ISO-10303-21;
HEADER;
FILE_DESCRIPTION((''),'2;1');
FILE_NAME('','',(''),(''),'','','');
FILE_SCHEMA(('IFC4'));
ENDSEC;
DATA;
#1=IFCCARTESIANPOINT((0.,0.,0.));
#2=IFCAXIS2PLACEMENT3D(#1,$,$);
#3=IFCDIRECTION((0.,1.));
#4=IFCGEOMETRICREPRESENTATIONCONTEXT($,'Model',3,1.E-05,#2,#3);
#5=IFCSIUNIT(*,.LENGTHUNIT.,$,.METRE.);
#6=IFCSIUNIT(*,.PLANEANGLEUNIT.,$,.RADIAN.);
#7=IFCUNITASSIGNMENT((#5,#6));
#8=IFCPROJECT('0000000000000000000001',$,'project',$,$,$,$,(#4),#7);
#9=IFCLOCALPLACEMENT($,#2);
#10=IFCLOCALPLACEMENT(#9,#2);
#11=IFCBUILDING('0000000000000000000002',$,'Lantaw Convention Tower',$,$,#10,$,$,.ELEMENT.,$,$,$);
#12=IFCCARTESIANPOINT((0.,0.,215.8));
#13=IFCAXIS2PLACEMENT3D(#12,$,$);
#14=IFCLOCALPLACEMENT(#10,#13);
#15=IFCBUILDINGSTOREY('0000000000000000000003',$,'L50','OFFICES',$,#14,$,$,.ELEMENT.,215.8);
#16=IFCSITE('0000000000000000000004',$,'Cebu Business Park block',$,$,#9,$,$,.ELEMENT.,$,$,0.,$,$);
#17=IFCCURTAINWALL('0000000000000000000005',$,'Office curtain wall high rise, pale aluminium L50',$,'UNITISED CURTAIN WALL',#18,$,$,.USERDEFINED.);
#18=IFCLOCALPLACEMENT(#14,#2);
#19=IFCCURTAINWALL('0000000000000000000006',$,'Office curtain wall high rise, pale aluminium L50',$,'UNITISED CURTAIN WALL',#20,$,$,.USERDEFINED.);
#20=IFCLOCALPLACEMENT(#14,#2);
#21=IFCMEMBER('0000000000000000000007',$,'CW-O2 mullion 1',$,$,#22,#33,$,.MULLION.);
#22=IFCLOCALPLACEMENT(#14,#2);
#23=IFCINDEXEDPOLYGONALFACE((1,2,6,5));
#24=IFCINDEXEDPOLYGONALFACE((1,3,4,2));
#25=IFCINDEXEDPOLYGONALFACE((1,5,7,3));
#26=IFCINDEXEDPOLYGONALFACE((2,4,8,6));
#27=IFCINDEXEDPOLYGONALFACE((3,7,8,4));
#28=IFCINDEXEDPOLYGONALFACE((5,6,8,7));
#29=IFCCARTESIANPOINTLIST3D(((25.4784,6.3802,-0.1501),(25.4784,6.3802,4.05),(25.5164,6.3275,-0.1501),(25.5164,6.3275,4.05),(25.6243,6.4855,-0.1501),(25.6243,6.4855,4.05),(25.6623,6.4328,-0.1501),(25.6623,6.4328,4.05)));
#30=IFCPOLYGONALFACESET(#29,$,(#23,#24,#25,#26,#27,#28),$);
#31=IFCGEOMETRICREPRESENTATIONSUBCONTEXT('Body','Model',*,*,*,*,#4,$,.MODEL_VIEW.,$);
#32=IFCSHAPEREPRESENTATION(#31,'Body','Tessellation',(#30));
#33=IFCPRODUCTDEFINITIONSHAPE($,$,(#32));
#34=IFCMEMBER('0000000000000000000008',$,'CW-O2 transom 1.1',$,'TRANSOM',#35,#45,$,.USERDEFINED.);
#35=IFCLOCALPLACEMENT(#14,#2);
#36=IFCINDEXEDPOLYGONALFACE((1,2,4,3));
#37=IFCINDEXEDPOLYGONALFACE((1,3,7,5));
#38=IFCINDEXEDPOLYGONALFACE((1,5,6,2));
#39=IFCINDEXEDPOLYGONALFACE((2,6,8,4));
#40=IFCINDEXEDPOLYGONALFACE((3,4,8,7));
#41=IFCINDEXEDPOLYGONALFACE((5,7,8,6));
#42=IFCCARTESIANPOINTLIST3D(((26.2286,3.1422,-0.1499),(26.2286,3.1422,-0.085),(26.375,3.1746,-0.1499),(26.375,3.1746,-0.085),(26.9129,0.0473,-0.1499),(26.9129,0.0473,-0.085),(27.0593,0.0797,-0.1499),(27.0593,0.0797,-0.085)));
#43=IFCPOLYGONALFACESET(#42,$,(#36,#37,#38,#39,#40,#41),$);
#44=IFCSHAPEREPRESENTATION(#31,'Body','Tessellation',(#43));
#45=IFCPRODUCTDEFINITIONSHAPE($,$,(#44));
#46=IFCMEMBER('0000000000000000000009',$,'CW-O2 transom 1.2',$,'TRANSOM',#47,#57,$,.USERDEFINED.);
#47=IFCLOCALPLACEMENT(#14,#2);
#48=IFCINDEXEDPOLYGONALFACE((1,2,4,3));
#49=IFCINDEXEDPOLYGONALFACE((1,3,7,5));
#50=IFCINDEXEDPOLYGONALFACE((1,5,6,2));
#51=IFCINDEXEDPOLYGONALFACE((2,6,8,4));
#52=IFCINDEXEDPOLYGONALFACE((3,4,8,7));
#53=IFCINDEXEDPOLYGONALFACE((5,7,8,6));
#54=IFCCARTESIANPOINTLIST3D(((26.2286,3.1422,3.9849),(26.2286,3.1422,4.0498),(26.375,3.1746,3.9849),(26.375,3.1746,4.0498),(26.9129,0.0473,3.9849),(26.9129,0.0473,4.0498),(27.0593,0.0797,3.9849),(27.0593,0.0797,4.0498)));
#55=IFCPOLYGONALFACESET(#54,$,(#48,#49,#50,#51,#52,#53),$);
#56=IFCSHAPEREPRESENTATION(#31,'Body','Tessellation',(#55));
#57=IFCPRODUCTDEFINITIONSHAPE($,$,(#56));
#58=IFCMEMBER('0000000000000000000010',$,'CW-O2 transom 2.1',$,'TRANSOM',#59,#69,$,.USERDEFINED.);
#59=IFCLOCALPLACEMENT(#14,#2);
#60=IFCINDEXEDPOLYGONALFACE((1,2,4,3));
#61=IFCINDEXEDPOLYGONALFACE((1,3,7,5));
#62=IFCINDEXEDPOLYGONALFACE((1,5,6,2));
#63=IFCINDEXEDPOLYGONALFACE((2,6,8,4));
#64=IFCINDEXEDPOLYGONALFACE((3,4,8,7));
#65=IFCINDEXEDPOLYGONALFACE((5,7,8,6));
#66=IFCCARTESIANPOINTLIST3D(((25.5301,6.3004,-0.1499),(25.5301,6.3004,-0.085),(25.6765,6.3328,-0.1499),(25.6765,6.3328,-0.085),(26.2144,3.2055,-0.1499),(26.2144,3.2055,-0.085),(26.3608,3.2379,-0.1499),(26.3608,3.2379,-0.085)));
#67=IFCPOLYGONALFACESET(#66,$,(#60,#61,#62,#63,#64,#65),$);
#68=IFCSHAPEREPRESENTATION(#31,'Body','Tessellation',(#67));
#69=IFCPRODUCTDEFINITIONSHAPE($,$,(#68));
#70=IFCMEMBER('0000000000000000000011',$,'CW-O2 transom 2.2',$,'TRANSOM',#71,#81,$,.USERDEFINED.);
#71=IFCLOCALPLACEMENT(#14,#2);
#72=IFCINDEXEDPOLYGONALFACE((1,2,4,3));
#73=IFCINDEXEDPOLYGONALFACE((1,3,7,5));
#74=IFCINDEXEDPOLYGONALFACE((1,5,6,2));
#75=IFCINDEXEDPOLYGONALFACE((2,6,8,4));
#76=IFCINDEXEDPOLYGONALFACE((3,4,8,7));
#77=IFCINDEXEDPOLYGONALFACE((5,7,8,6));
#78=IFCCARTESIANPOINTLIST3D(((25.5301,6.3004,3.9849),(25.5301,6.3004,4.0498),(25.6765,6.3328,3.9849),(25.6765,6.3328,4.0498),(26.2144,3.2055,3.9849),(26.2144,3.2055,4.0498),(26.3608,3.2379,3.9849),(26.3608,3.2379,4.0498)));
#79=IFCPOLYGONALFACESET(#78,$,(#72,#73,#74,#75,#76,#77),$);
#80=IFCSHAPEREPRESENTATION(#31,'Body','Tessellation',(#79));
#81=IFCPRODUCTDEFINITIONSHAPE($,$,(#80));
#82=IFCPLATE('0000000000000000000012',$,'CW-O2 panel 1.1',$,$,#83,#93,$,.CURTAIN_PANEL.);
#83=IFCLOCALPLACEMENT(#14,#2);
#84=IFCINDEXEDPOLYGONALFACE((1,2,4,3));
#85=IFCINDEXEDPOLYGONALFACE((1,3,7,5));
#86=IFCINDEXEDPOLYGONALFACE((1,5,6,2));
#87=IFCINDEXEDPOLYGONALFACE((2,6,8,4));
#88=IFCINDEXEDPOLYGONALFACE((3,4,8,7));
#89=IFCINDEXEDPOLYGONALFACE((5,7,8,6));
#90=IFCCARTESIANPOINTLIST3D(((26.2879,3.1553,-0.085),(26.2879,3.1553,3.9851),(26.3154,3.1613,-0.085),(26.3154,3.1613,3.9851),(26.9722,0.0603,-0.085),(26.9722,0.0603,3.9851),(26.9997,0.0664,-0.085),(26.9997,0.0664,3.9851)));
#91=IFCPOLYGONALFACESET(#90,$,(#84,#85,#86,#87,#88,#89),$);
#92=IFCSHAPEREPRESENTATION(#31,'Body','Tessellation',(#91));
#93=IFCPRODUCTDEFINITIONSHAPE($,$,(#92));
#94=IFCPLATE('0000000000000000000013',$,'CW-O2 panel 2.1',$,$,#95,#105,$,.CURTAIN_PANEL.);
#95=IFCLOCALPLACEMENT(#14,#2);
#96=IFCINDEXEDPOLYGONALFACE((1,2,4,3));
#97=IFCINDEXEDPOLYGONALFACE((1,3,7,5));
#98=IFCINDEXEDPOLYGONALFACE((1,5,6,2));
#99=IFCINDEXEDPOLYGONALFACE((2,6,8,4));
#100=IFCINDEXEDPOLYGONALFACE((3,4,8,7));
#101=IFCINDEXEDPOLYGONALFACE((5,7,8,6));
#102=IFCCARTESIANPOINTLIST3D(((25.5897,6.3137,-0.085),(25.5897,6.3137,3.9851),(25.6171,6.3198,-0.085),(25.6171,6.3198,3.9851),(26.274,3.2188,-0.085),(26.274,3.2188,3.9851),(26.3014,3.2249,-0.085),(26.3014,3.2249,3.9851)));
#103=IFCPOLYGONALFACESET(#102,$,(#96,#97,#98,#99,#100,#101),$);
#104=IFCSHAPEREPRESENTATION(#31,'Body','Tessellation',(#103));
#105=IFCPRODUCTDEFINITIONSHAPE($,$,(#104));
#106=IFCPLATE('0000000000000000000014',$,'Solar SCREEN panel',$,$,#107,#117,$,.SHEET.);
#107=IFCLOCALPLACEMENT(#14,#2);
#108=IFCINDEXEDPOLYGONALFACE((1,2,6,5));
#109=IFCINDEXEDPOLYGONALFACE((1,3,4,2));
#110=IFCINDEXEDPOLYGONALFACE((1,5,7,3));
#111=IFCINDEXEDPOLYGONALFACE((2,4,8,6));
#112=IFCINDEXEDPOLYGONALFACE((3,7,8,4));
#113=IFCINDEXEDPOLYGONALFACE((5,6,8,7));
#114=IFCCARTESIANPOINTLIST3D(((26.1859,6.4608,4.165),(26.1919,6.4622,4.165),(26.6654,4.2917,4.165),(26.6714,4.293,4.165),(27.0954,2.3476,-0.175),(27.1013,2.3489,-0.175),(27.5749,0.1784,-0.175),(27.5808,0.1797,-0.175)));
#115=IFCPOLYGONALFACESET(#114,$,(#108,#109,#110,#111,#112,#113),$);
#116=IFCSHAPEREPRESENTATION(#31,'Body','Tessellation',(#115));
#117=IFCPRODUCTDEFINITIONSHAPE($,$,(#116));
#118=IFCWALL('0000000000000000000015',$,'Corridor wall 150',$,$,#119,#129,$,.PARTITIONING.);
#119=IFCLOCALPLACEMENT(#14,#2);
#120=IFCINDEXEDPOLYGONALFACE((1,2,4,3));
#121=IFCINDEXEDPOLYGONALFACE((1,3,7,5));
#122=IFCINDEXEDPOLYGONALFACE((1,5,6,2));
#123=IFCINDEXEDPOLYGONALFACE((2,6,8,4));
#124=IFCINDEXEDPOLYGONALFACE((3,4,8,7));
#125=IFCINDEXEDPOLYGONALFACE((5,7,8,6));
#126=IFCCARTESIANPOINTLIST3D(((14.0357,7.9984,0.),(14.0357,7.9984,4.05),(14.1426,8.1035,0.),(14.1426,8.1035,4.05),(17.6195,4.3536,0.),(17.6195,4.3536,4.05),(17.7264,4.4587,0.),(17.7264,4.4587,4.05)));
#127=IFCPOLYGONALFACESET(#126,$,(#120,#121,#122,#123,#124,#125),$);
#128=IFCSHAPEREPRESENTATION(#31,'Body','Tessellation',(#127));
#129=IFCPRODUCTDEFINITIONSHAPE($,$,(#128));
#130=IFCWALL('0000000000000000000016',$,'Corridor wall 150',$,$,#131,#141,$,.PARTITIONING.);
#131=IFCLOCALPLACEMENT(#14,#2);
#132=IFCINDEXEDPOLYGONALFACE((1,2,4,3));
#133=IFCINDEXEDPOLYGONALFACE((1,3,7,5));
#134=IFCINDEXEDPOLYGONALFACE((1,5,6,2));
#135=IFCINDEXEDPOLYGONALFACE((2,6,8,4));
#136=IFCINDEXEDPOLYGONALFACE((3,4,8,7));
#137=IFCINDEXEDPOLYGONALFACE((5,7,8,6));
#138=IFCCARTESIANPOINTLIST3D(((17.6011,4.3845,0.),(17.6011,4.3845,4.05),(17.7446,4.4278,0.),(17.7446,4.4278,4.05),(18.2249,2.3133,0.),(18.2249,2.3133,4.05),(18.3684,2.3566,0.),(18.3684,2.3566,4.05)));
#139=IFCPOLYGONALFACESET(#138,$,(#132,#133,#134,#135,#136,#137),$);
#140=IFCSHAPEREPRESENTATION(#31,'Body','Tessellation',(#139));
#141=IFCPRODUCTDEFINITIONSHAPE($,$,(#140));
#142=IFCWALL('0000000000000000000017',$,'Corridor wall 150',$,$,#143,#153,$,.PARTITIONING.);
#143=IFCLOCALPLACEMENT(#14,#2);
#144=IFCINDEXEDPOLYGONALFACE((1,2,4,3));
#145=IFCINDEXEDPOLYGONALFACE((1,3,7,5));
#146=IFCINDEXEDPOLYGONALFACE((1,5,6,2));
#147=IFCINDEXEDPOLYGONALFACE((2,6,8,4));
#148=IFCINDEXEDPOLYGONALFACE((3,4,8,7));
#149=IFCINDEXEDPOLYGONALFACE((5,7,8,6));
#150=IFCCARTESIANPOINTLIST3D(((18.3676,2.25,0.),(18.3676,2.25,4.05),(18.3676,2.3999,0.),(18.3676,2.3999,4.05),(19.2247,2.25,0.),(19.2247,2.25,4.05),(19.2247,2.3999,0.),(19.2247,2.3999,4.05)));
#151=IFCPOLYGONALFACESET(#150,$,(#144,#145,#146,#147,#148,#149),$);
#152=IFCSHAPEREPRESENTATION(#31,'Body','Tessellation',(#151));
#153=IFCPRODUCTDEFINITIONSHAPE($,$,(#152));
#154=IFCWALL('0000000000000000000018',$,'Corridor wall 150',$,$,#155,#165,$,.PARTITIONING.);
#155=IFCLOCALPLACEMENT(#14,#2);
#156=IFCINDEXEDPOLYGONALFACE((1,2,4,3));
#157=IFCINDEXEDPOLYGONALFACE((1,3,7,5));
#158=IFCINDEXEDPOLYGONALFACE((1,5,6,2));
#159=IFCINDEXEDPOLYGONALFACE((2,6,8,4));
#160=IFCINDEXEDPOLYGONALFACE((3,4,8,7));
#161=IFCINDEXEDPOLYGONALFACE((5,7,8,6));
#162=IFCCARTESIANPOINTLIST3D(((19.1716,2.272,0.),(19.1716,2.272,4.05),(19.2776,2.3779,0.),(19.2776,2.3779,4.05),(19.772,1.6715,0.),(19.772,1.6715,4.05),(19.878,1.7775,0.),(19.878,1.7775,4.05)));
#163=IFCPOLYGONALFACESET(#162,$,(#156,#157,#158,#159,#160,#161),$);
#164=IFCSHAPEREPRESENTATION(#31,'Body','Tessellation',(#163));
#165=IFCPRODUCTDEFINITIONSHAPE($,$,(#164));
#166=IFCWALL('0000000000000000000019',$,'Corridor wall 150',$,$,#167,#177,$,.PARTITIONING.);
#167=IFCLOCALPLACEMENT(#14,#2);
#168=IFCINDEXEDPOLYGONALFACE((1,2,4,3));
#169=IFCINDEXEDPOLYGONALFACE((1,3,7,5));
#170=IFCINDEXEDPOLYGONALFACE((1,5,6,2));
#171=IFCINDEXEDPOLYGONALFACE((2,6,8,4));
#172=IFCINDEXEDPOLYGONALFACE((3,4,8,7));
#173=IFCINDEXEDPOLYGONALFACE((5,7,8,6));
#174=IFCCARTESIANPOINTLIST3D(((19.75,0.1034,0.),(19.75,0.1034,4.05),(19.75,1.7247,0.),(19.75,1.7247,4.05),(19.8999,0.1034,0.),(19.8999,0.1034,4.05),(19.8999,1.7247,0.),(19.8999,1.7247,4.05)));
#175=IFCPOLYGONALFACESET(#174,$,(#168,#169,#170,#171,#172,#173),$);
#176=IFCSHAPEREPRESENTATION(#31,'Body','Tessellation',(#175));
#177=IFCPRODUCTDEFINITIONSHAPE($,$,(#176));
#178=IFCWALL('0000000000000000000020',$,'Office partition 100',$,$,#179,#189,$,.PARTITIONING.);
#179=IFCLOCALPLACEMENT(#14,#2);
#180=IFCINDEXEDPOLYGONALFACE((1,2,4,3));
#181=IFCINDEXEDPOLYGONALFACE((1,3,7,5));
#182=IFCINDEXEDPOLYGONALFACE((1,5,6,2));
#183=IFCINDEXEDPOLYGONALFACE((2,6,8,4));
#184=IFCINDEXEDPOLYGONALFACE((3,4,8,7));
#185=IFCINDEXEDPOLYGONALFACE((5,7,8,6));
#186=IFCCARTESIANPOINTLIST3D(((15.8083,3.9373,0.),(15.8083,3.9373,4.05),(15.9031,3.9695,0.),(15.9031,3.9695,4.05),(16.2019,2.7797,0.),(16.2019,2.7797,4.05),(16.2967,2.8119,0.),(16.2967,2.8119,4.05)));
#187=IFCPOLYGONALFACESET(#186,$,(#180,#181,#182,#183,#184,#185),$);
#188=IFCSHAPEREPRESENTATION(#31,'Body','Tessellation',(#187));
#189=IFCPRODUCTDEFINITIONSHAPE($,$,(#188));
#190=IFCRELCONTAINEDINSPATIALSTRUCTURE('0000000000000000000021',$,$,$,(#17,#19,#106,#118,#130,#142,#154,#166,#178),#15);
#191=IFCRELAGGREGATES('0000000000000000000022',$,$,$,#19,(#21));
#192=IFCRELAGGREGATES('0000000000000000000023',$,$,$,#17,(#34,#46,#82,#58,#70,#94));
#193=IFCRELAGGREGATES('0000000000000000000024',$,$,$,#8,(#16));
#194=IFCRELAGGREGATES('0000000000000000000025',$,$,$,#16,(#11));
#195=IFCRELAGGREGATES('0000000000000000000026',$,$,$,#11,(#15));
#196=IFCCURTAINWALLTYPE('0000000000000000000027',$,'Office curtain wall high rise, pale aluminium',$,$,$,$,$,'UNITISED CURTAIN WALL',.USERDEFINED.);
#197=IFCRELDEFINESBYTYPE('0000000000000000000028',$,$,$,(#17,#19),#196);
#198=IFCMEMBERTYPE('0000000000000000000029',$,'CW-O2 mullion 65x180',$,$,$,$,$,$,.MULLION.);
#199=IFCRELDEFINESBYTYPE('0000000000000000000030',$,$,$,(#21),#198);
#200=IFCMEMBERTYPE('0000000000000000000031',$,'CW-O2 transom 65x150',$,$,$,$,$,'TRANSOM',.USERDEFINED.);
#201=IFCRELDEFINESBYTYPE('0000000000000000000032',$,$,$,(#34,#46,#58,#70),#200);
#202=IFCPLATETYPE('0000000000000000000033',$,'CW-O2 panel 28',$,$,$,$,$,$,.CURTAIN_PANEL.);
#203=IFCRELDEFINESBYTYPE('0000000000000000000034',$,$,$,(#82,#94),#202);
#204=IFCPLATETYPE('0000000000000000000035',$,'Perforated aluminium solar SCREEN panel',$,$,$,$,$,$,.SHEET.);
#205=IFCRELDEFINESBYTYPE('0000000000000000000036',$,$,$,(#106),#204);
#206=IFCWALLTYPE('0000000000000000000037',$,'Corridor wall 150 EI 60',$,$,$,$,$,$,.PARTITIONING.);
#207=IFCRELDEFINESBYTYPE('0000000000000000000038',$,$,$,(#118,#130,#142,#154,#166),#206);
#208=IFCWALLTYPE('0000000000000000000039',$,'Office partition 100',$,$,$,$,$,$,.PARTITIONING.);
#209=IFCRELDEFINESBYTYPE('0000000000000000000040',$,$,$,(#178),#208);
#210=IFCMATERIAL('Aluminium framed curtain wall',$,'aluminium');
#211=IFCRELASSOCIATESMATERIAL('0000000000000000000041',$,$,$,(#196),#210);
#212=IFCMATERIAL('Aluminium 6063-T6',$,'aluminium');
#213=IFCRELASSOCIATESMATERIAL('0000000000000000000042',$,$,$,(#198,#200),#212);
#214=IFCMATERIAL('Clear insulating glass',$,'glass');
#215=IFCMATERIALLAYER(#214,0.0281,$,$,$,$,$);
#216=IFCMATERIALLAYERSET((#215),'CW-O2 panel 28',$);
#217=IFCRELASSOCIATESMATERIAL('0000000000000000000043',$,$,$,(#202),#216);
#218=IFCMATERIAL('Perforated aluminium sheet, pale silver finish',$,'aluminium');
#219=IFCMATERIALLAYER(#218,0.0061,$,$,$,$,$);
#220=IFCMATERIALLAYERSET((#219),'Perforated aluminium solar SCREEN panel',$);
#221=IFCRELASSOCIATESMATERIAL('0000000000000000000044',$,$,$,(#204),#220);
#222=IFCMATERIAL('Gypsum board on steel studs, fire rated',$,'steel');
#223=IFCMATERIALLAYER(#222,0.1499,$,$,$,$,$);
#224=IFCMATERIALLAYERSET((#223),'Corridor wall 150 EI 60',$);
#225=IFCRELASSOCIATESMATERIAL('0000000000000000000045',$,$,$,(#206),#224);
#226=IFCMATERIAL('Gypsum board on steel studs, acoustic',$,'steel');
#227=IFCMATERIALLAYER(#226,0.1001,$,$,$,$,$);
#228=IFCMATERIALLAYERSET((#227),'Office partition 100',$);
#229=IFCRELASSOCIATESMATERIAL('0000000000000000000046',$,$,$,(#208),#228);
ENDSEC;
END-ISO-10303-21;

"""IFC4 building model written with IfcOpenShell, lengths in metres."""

from ifc_helpers import new_model, si_unit, direction, frame, frame_2d, origin, origin_2d, place, context, subcontext, project, spatial, polyline, rectangle, outline, extrude, material, layer, layer_set, material_profile, profile_set, type_object, element, aggregate, save


model = new_model("IFC4")

# Units and contexts
model_context = context("Model", 3, precision=1e-05, world=origin(), true_north=direction((0.0, 1.0)))
body_context = subcontext(model_context, "Body", "Model", "MODEL_VIEW")
ifc_project = project(units=[si_unit("LENGTHUNIT", "METRE"), si_unit("PLANEANGLEUNIT", "RADIAN")], contexts=[model_context])

# Site, building, storey
site_placement = place(None, origin())
site = spatial("IfcSite", under=ifc_project, at=site_placement, Name="Cebu Business Park block", CompositionType="ELEMENT", RefElevation=0.0)
building_placement = place(site_placement, origin())
building = spatial("IfcBuilding", under=site, at=building_placement, Name="Lantaw Convention Tower", CompositionType="ELEMENT")
storey_placement = place(building_placement, frame((0.0, 0.0, 215.8)))
storey = spatial("IfcBuildingStorey", under=building, at=storey_placement, Name="L50", Description="OFFICES", CompositionType="ELEMENT", Elevation=215.8)

# Curtain wall
ifc_material_1 = material(Name="Aluminium framed curtain wall", Category="aluminium")
curtain_wall_type = type_object("IfcCurtainWallType", Name="Office curtain wall high rise, pale aluminium", ElementType="UNITISED CURTAIN WALL", PredefinedType="USERDEFINED", material=ifc_material_1)
curtain_wall_1_placement = place(storey_placement, origin())
curtain_wall_1 = element("IfcCurtainWall", 1, at=curtain_wall_1_placement, inside=storey, type_object=curtain_wall_type, Name="Office curtain wall high rise, pale aluminium L50", ObjectType="UNITISED CURTAIN WALL", PredefinedType="USERDEFINED")
ifc_material_2 = material(Name="Aluminium 6063-T6", Category="aluminium")
ifc_material_profile_1 = material_profile(ifc_material_2, rectangle(XDim=0.1799, YDim=0.0649, at=origin_2d()), Name="CW-O2 mullion 65x180")
ifc_profile_set_1 = profile_set([ifc_material_profile_1], Name="Aluminium 6063-T6")
member_type_1 = type_object("IfcMemberType", Name="CW-O2 mullion 65x180", PredefinedType="MULLION", material=ifc_profile_set_1)

# Curtain wall, member
curtain_wall_2_placement = place(storey_placement, origin())
curtain_wall_2 = element("IfcCurtainWall", 2, at=curtain_wall_2_placement, inside=storey, type_object=curtain_wall_type, Name="Office curtain wall high rise, pale aluminium L50", ObjectType="UNITISED CURTAIN WALL", PredefinedType="USERDEFINED")
member_1_placement = place(storey_placement, frame((25.5703, 6.4065, -0.1501), z_axis=(0.0, 0.0, 1.0), x_axis=(-0.81092, -0.585158, 0.0)))
member_1 = element("IfcMember", 3, at=member_1_placement, type_object=member_type_1, Name="CW-O2 mullion 1", PredefinedType="MULLION", context=body_context, shape_type="SweptSolid", body=[
    extrude(rectangle(XDim=0.1799, YDim=0.0649, at=origin_2d()), origin(), (0.0, 0.0, 1.0), 4.2002),
])
aggregate(curtain_wall_2, [member_1])

# Members
ifc_material_profile_2 = material_profile(ifc_material_2, rectangle(XDim=0.1499, YDim=0.0649, at=origin_2d()), Name="CW-O2 transom 65x150")
ifc_profile_set_2 = profile_set([ifc_material_profile_2], Name="Aluminium 6063-T6")
member_type_2 = type_object("IfcMemberType", Name="CW-O2 transom 65x150", ElementType="TRANSOM", PredefinedType="USERDEFINED", material=ifc_profile_set_2)
member_2_placement = place(storey_placement, frame((26.9861, 0.0635, -0.1174), z_axis=(-0.215895, 0.976417, 0.0), x_axis=(-0.976417, -0.215895, 0.0)))
member_2 = element("IfcMember", 4, at=member_2_placement, type_object=member_type_2, Name="CW-O2 transom 1.1", ObjectType="TRANSOM", PredefinedType="USERDEFINED", context=body_context, shape_type="SweptSolid", body=[
    extrude(rectangle(XDim=0.1499, YDim=0.0649, at=origin_2d()), origin(), (0.0, 0.0, 1.0), 3.1697),
])
member_3_placement = place(storey_placement, frame((26.9861, 0.0635, 4.0173), z_axis=(-0.215895, 0.976417, 0.0), x_axis=(-0.976417, -0.215895, 0.0)))
member_3 = element("IfcMember", 5, at=member_3_placement, type_object=member_type_2, Name="CW-O2 transom 1.2", ObjectType="TRANSOM", PredefinedType="USERDEFINED", context=body_context, shape_type="SweptSolid", body=[
    extrude(rectangle(XDim=0.1499, YDim=0.0649, at=origin_2d()), origin(), (0.0, 0.0, 1.0), 3.1697),
])
member_4_placement = place(storey_placement, frame((26.2876, 3.2217, -0.1174), z_axis=(-0.215895, 0.976417, 0.0), x_axis=(-0.976417, -0.215895, 0.0)))
member_4 = element("IfcMember", 6, at=member_4_placement, type_object=member_type_2, Name="CW-O2 transom 2.1", ObjectType="TRANSOM", PredefinedType="USERDEFINED", context=body_context, shape_type="SweptSolid", body=[
    extrude(rectangle(XDim=0.1499, YDim=0.0649, at=origin_2d()), origin(), (0.0, 0.0, 1.0), 3.1697),
])
member_5_placement = place(storey_placement, frame((26.2876, 3.2217, 4.0173), z_axis=(-0.215895, 0.976417, 0.0), x_axis=(-0.976417, -0.215895, 0.0)))
member_5 = element("IfcMember", 7, at=member_5_placement, type_object=member_type_2, Name="CW-O2 transom 2.2", ObjectType="TRANSOM", PredefinedType="USERDEFINED", context=body_context, shape_type="SweptSolid", body=[
    extrude(rectangle(XDim=0.1499, YDim=0.0649, at=origin_2d()), origin(), (0.0, 0.0, 1.0), 3.1697),
])

# Plates
ifc_material_3 = material(Name="Clear insulating glass", Category="glass")
ifc_layer_1 = layer(ifc_material_3, 0.0281)
ifc_layer_set_1 = layer_set([ifc_layer_1], Name="CW-O2 panel 28")
plate_type_1 = type_object("IfcPlateType", Name="CW-O2 panel 28", PredefinedType="CURTAIN_PANEL", material=ifc_layer_set_1)
plate_1_placement = place(storey_placement, frame((26.6438, 1.6108, -0.085), z_axis=(0.0, 0.0, 1.0), x_axis=(-0.215891, 0.976417, 0.0)))
plate_1 = element("IfcPlate", 8, at=plate_1_placement, type_object=plate_type_1, Name="CW-O2 panel 1.1", PredefinedType="CURTAIN_PANEL", context=body_context, shape_type="SweptSolid", body=[
    extrude(rectangle(XDim=3.1697, YDim=0.0281, at=origin_2d()), origin(), (0.0, 0.0, 1.0), 4.0701),
])
plate_2_placement = place(storey_placement, frame((25.9456, 4.7693, -0.085), z_axis=(0.0, 0.0, 1.0), x_axis=(-0.215891, 0.976417, 0.0)))
plate_2 = element("IfcPlate", 9, at=plate_2_placement, type_object=plate_type_1, Name="CW-O2 panel 2.1", PredefinedType="CURTAIN_PANEL", context=body_context, shape_type="SweptSolid", body=[
    extrude(rectangle(XDim=3.1697, YDim=0.0281, at=origin_2d()), origin(), (0.0, 0.0, 1.0), 4.0701),
])
aggregate(curtain_wall_1, [member_2, member_3, plate_1, member_4, member_5, plate_2])
ifc_material_4 = material(Name="Perforated aluminium sheet, pale silver finish", Category="aluminium")
ifc_layer_2 = layer(ifc_material_4, 0.0061)
ifc_layer_set_2 = layer_set([ifc_layer_2], Name="Perforated aluminium solar SCREEN panel")
plate_type_2 = type_object("IfcPlateType", Name="Perforated aluminium solar SCREEN panel", PredefinedType="SHEET", material=ifc_layer_set_2)
plate_3_placement = place(storey_placement, frame((27.5808, 0.1797, -0.175), z_axis=(0.97643, 0.215837, 0.000044), x_axis=(-0.215837, 0.97643, 0.0)))
element("IfcPlate", 10, at=plate_3_placement, inside=storey, type_object=plate_type_2, Name="Solar SCREEN panel", PredefinedType="SHEET", context=body_context, shape_type="SweptSolid", body=[
    extrude(outline(polyline([(0.0, 0.0), (2.2216, 0.0), (6.4342, 4.3401), (4.2126, 4.3401), (0.0, 0.0)])), origin(), (0.0, 0.0, -1.0), 0.0061),
])

# Walls
ifc_material_5 = material(Name="Gypsum board on steel studs, fire rated", Category="steel")
ifc_layer_3 = layer(ifc_material_5, 0.1499)
ifc_layer_set_3 = layer_set([ifc_layer_3], Name="Corridor wall 150 EI 60")
wall_type_1 = type_object("IfcWallType", Name="Corridor wall 150 EI 60", PredefinedType="PARTITIONING", material=ifc_layer_set_3)
wall_1_placement = place(storey_placement, frame((17.6729, 4.4062, 0.0), z_axis=(0.0, 0.0, 1.0), x_axis=(-0.701111, 0.713052, 0.0)))
element("IfcWall", 11, at=wall_1_placement, inside=storey, type_object=wall_type_1, Name="Corridor wall 150", PredefinedType="PARTITIONING", context=body_context, shape_type="SweptSolid", body=[
    extrude(rectangle(XDim=5.1116, YDim=0.1499, at=frame_2d((2.5557, 0.0))), origin(), (0.0, 0.0, 1.0), 4.05),
])
wall_2_placement = place(storey_placement, frame((18.2966, 2.335, 0.0), z_axis=(0.0, 0.0, 1.0), x_axis=(-0.288362, 0.957521, 0.0)))
element("IfcWall", 12, at=wall_2_placement, inside=storey, type_object=wall_type_1, Name="Corridor wall 150", PredefinedType="PARTITIONING", context=body_context, shape_type="SweptSolid", body=[
    extrude(rectangle(XDim=2.1631, YDim=0.1499, at=frame_2d((1.0815, 0.0))), origin(), (0.0, 0.0, 1.0), 4.05),
])
wall_3_placement = place(storey_placement, frame((18.3674, 2.325, 0.0), z_axis=(0.0, 0.0, 1.0), x_axis=(1.0, 0.0, 0.0)))
element("IfcWall", 13, at=wall_3_placement, inside=storey, type_object=wall_type_1, Name="Corridor wall 150", PredefinedType="PARTITIONING", context=body_context, shape_type="SweptSolid", body=[
    extrude(rectangle(XDim=0.8572, YDim=0.1499, at=frame_2d((0.4287, 0.0))), origin(), (0.0, 0.0, 1.0), 4.05),
])
wall_4_placement = place(storey_placement, frame((19.2246, 2.325, 0.0), z_axis=(0.0, 0.0, 1.0), x_axis=(0.707107, -0.707107, 0.0)))
element("IfcWall", 14, at=wall_4_placement, inside=storey, type_object=wall_type_1, Name="Corridor wall 150", PredefinedType="PARTITIONING", context=body_context, shape_type="SweptSolid", body=[
    extrude(rectangle(XDim=0.8491, YDim=0.1499, at=frame_2d((0.4246, 0.0))), origin(), (0.0, 0.0, 1.0), 4.05),
])
wall_5_placement = place(storey_placement, frame((19.825, 1.7246, 0.0), z_axis=(0.0, 0.0, 1.0), x_axis=(0.0, -1.0, 0.0)))
element("IfcWall", 15, at=wall_5_placement, inside=storey, type_object=wall_type_1, Name="Corridor wall 150", PredefinedType="PARTITIONING", context=body_context, shape_type="SweptSolid", body=[
    extrude(rectangle(XDim=1.6213, YDim=0.1499, at=frame_2d((0.8105, 0.0))), origin(), (0.0, 0.0, 1.0), 4.05),
])
ifc_material_6 = material(Name="Gypsum board on steel studs, acoustic", Category="steel")
ifc_layer_4 = layer(ifc_material_6, 0.1001)
ifc_layer_set_4 = layer_set([ifc_layer_4], Name="Office partition 100")
wall_type_2 = type_object("IfcWallType", Name="Office partition 100", PredefinedType="PARTITIONING", material=ifc_layer_set_4)
wall_6_placement = place(storey_placement, frame((15.8557, 3.9534, 0.0), z_axis=(0.0, 0.0, 1.0), x_axis=(0.321913, -0.946769, 0.0)))
element("IfcWall", 16, at=wall_6_placement, inside=storey, type_object=wall_type_2, Name="Office partition 100", PredefinedType="PARTITIONING", context=body_context, shape_type="SweptSolid", body=[
    extrude(rectangle(XDim=1.2227, YDim=0.1001, at=frame_2d((0.6113, 0.0))), origin(), (0.0, 0.0, 1.0), 4.05),
])

save(model, "model.ifc")
